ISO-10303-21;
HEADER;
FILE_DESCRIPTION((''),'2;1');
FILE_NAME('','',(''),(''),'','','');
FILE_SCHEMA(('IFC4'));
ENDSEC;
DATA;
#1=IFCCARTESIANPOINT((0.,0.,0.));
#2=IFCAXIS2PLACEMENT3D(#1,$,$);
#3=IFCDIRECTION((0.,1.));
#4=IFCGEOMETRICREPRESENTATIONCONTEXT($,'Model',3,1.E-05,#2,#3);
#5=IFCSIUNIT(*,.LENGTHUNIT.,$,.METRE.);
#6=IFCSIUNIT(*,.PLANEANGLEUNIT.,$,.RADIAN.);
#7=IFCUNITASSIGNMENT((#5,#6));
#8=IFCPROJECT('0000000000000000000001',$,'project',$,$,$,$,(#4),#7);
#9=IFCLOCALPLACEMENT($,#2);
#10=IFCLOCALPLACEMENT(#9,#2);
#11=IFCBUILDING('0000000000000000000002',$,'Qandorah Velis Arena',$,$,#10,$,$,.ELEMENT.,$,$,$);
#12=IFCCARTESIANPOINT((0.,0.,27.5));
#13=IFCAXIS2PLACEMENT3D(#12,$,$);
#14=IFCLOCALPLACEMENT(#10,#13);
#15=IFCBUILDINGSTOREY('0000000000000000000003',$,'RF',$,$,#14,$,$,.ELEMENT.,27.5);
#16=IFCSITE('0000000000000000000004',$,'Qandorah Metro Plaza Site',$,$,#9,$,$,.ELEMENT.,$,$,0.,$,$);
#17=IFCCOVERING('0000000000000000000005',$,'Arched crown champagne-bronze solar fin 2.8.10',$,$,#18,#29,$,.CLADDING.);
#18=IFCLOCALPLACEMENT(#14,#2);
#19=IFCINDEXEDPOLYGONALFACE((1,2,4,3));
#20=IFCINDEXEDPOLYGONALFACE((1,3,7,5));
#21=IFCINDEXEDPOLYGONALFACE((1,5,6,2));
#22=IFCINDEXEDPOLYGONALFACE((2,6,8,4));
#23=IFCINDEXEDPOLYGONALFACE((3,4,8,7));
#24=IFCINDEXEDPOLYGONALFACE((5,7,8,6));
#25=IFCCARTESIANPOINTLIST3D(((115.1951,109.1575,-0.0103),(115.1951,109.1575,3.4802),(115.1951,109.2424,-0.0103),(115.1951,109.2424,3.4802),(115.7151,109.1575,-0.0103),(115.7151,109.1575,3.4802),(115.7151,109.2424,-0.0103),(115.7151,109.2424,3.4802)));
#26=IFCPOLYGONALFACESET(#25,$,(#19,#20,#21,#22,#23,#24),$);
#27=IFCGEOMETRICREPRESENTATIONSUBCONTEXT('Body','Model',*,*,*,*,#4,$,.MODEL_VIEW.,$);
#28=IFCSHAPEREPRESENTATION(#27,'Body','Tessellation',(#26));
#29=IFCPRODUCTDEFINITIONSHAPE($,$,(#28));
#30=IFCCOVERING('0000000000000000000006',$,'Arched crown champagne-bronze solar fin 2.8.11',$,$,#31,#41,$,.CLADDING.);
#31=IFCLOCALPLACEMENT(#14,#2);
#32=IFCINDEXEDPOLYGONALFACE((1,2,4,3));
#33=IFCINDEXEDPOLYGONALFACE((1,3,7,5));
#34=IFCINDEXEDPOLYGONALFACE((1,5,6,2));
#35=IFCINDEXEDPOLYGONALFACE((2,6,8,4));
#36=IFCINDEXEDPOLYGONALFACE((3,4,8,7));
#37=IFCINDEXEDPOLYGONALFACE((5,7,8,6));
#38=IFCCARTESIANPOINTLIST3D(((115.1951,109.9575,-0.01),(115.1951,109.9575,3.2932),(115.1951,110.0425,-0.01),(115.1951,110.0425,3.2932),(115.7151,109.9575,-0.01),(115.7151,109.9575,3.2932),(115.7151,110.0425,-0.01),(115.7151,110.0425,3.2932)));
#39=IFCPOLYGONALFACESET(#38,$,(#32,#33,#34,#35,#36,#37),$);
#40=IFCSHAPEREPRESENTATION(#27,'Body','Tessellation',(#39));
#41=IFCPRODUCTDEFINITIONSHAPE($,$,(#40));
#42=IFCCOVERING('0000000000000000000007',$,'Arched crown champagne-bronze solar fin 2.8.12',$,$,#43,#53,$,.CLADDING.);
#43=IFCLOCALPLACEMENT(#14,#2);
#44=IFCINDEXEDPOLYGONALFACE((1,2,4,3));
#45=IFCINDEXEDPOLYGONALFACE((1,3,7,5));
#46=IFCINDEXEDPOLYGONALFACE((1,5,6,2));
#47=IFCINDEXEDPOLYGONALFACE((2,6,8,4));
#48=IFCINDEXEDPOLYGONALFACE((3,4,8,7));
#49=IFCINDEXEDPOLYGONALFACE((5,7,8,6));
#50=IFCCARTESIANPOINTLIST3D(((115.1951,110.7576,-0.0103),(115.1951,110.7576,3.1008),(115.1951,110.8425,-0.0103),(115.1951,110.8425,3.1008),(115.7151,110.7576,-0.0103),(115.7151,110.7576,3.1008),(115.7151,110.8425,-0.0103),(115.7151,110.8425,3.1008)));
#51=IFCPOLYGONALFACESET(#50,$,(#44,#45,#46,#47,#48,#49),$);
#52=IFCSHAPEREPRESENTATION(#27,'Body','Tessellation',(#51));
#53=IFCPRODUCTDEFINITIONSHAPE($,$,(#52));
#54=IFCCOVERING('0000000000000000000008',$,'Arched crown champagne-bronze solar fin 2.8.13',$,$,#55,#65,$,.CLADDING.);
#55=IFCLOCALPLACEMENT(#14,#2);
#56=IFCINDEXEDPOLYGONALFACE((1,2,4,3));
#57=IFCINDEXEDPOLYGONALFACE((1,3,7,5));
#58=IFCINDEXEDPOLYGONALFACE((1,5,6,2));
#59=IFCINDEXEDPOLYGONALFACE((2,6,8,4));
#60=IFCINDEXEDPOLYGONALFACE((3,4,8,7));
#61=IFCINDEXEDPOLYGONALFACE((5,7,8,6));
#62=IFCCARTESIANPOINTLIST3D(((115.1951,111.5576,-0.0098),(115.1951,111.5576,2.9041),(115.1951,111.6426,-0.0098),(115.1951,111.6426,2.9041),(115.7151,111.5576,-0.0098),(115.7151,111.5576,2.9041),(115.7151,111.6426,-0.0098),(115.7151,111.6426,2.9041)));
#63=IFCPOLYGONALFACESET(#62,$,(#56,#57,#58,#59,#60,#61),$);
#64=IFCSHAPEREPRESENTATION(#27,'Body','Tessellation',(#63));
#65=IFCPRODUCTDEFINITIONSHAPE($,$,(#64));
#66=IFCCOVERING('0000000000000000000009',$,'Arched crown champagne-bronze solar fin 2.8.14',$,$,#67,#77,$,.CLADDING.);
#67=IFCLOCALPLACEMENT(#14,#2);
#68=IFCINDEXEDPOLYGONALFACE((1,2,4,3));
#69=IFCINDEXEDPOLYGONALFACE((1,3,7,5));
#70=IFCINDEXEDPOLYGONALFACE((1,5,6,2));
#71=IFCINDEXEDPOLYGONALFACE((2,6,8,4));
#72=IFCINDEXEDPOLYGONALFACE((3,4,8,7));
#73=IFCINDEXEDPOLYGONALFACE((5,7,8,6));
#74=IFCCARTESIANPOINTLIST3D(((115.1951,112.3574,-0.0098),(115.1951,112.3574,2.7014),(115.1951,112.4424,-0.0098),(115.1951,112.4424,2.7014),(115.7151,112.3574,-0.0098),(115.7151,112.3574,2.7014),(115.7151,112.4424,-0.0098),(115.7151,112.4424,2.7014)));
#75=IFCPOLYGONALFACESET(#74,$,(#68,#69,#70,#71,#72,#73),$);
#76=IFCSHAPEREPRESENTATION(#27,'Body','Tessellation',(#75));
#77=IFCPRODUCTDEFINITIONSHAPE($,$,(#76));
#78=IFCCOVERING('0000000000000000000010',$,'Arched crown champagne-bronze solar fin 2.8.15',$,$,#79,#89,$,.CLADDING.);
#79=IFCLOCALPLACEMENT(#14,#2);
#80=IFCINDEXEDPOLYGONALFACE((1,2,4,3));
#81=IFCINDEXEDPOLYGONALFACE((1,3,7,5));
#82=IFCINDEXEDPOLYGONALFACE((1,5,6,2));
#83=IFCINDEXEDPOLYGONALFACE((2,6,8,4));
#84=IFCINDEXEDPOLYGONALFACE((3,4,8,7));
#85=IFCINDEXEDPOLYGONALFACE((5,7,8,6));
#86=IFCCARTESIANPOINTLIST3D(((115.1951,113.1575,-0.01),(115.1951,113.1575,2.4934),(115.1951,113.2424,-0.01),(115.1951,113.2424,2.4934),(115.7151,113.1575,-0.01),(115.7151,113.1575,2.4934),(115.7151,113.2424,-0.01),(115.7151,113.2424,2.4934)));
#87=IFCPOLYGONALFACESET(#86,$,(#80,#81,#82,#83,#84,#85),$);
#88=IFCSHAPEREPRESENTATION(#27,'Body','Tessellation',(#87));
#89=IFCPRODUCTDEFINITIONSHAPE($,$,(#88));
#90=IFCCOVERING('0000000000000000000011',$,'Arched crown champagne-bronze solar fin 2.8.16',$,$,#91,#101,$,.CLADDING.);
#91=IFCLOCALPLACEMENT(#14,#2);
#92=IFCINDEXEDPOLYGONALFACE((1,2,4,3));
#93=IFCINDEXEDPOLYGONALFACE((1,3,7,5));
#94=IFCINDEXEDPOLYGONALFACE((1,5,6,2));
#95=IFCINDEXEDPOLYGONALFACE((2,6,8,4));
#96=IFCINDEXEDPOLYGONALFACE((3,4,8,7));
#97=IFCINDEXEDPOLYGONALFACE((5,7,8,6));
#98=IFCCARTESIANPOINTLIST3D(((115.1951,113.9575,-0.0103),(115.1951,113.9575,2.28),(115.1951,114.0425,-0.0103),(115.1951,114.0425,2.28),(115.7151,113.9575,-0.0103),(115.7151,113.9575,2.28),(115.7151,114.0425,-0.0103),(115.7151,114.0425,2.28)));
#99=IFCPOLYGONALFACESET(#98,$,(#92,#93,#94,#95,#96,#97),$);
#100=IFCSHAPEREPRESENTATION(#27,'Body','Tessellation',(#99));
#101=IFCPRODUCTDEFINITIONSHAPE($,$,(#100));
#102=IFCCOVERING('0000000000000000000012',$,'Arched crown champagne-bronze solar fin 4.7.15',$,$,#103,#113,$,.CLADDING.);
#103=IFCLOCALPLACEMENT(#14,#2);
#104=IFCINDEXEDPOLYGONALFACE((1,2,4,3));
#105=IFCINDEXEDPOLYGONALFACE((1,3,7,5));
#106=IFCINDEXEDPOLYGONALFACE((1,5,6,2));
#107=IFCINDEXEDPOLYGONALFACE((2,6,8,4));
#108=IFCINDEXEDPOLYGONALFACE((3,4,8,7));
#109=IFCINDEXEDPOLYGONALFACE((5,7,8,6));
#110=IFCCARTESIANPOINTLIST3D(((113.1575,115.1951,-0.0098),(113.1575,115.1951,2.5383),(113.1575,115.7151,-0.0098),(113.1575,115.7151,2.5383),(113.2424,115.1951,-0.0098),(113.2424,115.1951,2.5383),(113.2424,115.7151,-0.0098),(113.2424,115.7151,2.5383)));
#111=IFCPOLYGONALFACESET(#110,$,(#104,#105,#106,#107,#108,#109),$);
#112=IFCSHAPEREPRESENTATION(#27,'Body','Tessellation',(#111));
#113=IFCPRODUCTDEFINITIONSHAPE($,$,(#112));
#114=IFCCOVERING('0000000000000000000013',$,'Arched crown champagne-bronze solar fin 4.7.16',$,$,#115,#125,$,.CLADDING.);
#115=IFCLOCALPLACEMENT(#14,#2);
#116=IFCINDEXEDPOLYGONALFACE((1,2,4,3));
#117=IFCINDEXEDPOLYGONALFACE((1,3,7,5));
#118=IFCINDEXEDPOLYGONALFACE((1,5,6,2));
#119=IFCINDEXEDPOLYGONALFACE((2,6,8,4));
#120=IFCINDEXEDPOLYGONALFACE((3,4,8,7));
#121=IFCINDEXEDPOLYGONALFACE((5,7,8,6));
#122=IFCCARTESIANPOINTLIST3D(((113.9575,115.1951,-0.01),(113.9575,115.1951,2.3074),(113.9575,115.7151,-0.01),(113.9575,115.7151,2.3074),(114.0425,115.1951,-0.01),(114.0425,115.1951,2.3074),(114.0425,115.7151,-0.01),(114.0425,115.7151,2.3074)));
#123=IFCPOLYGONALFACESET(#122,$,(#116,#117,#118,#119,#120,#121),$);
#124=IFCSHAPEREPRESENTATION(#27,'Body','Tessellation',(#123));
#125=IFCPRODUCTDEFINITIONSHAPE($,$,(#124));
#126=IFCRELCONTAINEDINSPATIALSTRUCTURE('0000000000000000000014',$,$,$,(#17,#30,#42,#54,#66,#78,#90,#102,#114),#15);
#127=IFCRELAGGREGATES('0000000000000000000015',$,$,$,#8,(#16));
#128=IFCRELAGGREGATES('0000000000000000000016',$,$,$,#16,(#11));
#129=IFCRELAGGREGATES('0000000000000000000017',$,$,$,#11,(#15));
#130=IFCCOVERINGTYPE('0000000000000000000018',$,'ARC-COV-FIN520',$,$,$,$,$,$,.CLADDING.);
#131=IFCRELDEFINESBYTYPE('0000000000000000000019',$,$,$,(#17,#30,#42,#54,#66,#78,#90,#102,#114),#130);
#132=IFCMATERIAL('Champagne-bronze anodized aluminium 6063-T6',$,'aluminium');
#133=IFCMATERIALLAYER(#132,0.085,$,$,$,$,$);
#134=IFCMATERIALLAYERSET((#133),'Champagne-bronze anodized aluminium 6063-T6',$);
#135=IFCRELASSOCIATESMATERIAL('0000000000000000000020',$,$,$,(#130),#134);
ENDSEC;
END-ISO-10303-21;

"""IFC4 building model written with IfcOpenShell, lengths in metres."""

from ifc_helpers import new_model, si_unit, direction, frame, origin, origin_2d, place, context, subcontext, project, spatial, rectangle, extrude, material, layer, layer_set, type_object, element, save


model = new_model("IFC4")

# Units and contexts
model_context = context("Model", 3, precision=1e-05, world=origin(), true_north=direction((0.0, 1.0)))
body_context = subcontext(model_context, "Body", "Model", "MODEL_VIEW")
ifc_project = project(units=[si_unit("LENGTHUNIT", "METRE"), si_unit("PLANEANGLEUNIT", "RADIAN")], contexts=[model_context])

# Site, building, storey
site_placement = place(None, origin())
site = spatial("IfcSite", under=ifc_project, at=site_placement, Name="Qandorah Metro Plaza Site", CompositionType="ELEMENT", RefElevation=0.0)
building_placement = place(site_placement, origin())
building = spatial("IfcBuilding", under=site, at=building_placement, Name="Qandorah Velis Arena", CompositionType="ELEMENT")
storey_placement = place(building_placement, frame((0.0, 0.0, 27.5)))
storey = spatial("IfcBuildingStorey", under=building, at=storey_placement, Name="RF", CompositionType="ELEMENT", Elevation=27.5)

# Shared definitions
ifc_material_1 = material(Name="Champagne-bronze anodized aluminium 6063-T6", Category="aluminium")

# Coverings
ifc_layer_1 = layer(ifc_material_1, 0.085)
ifc_layer_set_1 = layer_set([ifc_layer_1], Name="Champagne-bronze anodized aluminium 6063-T6")
covering_type = type_object("IfcCoveringType", Name="ARC-COV-FIN520", PredefinedType="CLADDING", material=ifc_layer_set_1)
covering_1_placement = place(storey_placement, frame((115.4551, 109.2, -0.0103), z_axis=(0.0, 0.0, 1.0), x_axis=(1.0, 0.0, 0.0)))
element("IfcCovering", 1, at=covering_1_placement, inside=storey, type_object=covering_type, Name="Arched crown champagne-bronze solar fin 2.8.10", PredefinedType="CLADDING", context=body_context, shape_type="SweptSolid", body=[
    extrude(rectangle(XDim=0.52, YDim=0.085, at=origin_2d()), origin(), (0.0, 0.0, 1.0), 3.4905),
])
covering_2_placement = place(storey_placement, frame((115.4551, 110.0, -0.01), z_axis=(0.0, 0.0, 1.0), x_axis=(1.0, 0.0, 0.0)))
element("IfcCovering", 2, at=covering_2_placement, inside=storey, type_object=covering_type, Name="Arched crown champagne-bronze solar fin 2.8.11", PredefinedType="CLADDING", context=body_context, shape_type="SweptSolid", body=[
    extrude(rectangle(XDim=0.52, YDim=0.085, at=origin_2d()), origin(), (0.0, 0.0, 1.0), 3.3032),
])
covering_3_placement = place(storey_placement, frame((115.4551, 110.8, -0.0103), z_axis=(0.0, 0.0, 1.0), x_axis=(1.0, 0.0, 0.0)))
element("IfcCovering", 3, at=covering_3_placement, inside=storey, type_object=covering_type, Name="Arched crown champagne-bronze solar fin 2.8.12", PredefinedType="CLADDING", context=body_context, shape_type="SweptSolid", body=[
    extrude(rectangle(XDim=0.52, YDim=0.085, at=origin_2d()), origin(), (0.0, 0.0, 1.0), 3.1111),
])
covering_4_placement = place(storey_placement, frame((115.4551, 111.6001, -0.0098), z_axis=(0.0, 0.0, 1.0), x_axis=(1.0, 0.0, 0.0)))
element("IfcCovering", 4, at=covering_4_placement, inside=storey, type_object=covering_type, Name="Arched crown champagne-bronze solar fin 2.8.13", PredefinedType="CLADDING", context=body_context, shape_type="SweptSolid", body=[
    extrude(rectangle(XDim=0.52, YDim=0.085, at=origin_2d()), origin(), (0.0, 0.0, 1.0), 2.9138),
])
covering_5_placement = place(storey_placement, frame((115.4551, 112.3999, -0.0098), z_axis=(0.0, 0.0, 1.0), x_axis=(1.0, 0.0, 0.0)))
element("IfcCovering", 5, at=covering_5_placement, inside=storey, type_object=covering_type, Name="Arched crown champagne-bronze solar fin 2.8.14", PredefinedType="CLADDING", context=body_context, shape_type="SweptSolid", body=[
    extrude(rectangle(XDim=0.52, YDim=0.085, at=origin_2d()), origin(), (0.0, 0.0, 1.0), 2.7112),
])
covering_6_placement = place(storey_placement, frame((115.4551, 113.2, -0.01), z_axis=(0.0, 0.0, 1.0), x_axis=(1.0, 0.0, 0.0)))
element("IfcCovering", 6, at=covering_6_placement, inside=storey, type_object=covering_type, Name="Arched crown champagne-bronze solar fin 2.8.15", PredefinedType="CLADDING", context=body_context, shape_type="SweptSolid", body=[
    extrude(rectangle(XDim=0.52, YDim=0.085, at=origin_2d()), origin(), (0.0, 0.0, 1.0), 2.5034),
])
covering_7_placement = place(storey_placement, frame((115.4551, 114.0, -0.0103), z_axis=(0.0, 0.0, 1.0), x_axis=(1.0, 0.0, 0.0)))
element("IfcCovering", 7, at=covering_7_placement, inside=storey, type_object=covering_type, Name="Arched crown champagne-bronze solar fin 2.8.16", PredefinedType="CLADDING", context=body_context, shape_type="SweptSolid", body=[
    extrude(rectangle(XDim=0.52, YDim=0.085, at=origin_2d()), origin(), (0.0, 0.0, 1.0), 2.2903),
])
covering_8_placement = place(storey_placement, frame((113.2, 115.4551, -0.0098), z_axis=(0.0, 0.0, 1.0), x_axis=(1.0, 0.0, 0.0)))
element("IfcCovering", 8, at=covering_8_placement, inside=storey, type_object=covering_type, Name="Arched crown champagne-bronze solar fin 4.7.15", PredefinedType="CLADDING", context=body_context, shape_type="SweptSolid", body=[
    extrude(rectangle(XDim=0.085, YDim=0.52, at=origin_2d()), origin(), (0.0, 0.0, 1.0), 2.5481),
])
covering_9_placement = place(storey_placement, frame((114.0, 115.4551, -0.01), z_axis=(0.0, 0.0, 1.0), x_axis=(1.0, 0.0, 0.0)))
element("IfcCovering", 9, at=covering_9_placement, inside=storey, type_object=covering_type, Name="Arched crown champagne-bronze solar fin 4.7.16", PredefinedType="CLADDING", context=body_context, shape_type="SweptSolid", body=[
    extrude(rectangle(XDim=0.085, YDim=0.52, at=origin_2d()), origin(), (0.0, 0.0, 1.0), 2.3174),
])

save(model, "model.ifc")
